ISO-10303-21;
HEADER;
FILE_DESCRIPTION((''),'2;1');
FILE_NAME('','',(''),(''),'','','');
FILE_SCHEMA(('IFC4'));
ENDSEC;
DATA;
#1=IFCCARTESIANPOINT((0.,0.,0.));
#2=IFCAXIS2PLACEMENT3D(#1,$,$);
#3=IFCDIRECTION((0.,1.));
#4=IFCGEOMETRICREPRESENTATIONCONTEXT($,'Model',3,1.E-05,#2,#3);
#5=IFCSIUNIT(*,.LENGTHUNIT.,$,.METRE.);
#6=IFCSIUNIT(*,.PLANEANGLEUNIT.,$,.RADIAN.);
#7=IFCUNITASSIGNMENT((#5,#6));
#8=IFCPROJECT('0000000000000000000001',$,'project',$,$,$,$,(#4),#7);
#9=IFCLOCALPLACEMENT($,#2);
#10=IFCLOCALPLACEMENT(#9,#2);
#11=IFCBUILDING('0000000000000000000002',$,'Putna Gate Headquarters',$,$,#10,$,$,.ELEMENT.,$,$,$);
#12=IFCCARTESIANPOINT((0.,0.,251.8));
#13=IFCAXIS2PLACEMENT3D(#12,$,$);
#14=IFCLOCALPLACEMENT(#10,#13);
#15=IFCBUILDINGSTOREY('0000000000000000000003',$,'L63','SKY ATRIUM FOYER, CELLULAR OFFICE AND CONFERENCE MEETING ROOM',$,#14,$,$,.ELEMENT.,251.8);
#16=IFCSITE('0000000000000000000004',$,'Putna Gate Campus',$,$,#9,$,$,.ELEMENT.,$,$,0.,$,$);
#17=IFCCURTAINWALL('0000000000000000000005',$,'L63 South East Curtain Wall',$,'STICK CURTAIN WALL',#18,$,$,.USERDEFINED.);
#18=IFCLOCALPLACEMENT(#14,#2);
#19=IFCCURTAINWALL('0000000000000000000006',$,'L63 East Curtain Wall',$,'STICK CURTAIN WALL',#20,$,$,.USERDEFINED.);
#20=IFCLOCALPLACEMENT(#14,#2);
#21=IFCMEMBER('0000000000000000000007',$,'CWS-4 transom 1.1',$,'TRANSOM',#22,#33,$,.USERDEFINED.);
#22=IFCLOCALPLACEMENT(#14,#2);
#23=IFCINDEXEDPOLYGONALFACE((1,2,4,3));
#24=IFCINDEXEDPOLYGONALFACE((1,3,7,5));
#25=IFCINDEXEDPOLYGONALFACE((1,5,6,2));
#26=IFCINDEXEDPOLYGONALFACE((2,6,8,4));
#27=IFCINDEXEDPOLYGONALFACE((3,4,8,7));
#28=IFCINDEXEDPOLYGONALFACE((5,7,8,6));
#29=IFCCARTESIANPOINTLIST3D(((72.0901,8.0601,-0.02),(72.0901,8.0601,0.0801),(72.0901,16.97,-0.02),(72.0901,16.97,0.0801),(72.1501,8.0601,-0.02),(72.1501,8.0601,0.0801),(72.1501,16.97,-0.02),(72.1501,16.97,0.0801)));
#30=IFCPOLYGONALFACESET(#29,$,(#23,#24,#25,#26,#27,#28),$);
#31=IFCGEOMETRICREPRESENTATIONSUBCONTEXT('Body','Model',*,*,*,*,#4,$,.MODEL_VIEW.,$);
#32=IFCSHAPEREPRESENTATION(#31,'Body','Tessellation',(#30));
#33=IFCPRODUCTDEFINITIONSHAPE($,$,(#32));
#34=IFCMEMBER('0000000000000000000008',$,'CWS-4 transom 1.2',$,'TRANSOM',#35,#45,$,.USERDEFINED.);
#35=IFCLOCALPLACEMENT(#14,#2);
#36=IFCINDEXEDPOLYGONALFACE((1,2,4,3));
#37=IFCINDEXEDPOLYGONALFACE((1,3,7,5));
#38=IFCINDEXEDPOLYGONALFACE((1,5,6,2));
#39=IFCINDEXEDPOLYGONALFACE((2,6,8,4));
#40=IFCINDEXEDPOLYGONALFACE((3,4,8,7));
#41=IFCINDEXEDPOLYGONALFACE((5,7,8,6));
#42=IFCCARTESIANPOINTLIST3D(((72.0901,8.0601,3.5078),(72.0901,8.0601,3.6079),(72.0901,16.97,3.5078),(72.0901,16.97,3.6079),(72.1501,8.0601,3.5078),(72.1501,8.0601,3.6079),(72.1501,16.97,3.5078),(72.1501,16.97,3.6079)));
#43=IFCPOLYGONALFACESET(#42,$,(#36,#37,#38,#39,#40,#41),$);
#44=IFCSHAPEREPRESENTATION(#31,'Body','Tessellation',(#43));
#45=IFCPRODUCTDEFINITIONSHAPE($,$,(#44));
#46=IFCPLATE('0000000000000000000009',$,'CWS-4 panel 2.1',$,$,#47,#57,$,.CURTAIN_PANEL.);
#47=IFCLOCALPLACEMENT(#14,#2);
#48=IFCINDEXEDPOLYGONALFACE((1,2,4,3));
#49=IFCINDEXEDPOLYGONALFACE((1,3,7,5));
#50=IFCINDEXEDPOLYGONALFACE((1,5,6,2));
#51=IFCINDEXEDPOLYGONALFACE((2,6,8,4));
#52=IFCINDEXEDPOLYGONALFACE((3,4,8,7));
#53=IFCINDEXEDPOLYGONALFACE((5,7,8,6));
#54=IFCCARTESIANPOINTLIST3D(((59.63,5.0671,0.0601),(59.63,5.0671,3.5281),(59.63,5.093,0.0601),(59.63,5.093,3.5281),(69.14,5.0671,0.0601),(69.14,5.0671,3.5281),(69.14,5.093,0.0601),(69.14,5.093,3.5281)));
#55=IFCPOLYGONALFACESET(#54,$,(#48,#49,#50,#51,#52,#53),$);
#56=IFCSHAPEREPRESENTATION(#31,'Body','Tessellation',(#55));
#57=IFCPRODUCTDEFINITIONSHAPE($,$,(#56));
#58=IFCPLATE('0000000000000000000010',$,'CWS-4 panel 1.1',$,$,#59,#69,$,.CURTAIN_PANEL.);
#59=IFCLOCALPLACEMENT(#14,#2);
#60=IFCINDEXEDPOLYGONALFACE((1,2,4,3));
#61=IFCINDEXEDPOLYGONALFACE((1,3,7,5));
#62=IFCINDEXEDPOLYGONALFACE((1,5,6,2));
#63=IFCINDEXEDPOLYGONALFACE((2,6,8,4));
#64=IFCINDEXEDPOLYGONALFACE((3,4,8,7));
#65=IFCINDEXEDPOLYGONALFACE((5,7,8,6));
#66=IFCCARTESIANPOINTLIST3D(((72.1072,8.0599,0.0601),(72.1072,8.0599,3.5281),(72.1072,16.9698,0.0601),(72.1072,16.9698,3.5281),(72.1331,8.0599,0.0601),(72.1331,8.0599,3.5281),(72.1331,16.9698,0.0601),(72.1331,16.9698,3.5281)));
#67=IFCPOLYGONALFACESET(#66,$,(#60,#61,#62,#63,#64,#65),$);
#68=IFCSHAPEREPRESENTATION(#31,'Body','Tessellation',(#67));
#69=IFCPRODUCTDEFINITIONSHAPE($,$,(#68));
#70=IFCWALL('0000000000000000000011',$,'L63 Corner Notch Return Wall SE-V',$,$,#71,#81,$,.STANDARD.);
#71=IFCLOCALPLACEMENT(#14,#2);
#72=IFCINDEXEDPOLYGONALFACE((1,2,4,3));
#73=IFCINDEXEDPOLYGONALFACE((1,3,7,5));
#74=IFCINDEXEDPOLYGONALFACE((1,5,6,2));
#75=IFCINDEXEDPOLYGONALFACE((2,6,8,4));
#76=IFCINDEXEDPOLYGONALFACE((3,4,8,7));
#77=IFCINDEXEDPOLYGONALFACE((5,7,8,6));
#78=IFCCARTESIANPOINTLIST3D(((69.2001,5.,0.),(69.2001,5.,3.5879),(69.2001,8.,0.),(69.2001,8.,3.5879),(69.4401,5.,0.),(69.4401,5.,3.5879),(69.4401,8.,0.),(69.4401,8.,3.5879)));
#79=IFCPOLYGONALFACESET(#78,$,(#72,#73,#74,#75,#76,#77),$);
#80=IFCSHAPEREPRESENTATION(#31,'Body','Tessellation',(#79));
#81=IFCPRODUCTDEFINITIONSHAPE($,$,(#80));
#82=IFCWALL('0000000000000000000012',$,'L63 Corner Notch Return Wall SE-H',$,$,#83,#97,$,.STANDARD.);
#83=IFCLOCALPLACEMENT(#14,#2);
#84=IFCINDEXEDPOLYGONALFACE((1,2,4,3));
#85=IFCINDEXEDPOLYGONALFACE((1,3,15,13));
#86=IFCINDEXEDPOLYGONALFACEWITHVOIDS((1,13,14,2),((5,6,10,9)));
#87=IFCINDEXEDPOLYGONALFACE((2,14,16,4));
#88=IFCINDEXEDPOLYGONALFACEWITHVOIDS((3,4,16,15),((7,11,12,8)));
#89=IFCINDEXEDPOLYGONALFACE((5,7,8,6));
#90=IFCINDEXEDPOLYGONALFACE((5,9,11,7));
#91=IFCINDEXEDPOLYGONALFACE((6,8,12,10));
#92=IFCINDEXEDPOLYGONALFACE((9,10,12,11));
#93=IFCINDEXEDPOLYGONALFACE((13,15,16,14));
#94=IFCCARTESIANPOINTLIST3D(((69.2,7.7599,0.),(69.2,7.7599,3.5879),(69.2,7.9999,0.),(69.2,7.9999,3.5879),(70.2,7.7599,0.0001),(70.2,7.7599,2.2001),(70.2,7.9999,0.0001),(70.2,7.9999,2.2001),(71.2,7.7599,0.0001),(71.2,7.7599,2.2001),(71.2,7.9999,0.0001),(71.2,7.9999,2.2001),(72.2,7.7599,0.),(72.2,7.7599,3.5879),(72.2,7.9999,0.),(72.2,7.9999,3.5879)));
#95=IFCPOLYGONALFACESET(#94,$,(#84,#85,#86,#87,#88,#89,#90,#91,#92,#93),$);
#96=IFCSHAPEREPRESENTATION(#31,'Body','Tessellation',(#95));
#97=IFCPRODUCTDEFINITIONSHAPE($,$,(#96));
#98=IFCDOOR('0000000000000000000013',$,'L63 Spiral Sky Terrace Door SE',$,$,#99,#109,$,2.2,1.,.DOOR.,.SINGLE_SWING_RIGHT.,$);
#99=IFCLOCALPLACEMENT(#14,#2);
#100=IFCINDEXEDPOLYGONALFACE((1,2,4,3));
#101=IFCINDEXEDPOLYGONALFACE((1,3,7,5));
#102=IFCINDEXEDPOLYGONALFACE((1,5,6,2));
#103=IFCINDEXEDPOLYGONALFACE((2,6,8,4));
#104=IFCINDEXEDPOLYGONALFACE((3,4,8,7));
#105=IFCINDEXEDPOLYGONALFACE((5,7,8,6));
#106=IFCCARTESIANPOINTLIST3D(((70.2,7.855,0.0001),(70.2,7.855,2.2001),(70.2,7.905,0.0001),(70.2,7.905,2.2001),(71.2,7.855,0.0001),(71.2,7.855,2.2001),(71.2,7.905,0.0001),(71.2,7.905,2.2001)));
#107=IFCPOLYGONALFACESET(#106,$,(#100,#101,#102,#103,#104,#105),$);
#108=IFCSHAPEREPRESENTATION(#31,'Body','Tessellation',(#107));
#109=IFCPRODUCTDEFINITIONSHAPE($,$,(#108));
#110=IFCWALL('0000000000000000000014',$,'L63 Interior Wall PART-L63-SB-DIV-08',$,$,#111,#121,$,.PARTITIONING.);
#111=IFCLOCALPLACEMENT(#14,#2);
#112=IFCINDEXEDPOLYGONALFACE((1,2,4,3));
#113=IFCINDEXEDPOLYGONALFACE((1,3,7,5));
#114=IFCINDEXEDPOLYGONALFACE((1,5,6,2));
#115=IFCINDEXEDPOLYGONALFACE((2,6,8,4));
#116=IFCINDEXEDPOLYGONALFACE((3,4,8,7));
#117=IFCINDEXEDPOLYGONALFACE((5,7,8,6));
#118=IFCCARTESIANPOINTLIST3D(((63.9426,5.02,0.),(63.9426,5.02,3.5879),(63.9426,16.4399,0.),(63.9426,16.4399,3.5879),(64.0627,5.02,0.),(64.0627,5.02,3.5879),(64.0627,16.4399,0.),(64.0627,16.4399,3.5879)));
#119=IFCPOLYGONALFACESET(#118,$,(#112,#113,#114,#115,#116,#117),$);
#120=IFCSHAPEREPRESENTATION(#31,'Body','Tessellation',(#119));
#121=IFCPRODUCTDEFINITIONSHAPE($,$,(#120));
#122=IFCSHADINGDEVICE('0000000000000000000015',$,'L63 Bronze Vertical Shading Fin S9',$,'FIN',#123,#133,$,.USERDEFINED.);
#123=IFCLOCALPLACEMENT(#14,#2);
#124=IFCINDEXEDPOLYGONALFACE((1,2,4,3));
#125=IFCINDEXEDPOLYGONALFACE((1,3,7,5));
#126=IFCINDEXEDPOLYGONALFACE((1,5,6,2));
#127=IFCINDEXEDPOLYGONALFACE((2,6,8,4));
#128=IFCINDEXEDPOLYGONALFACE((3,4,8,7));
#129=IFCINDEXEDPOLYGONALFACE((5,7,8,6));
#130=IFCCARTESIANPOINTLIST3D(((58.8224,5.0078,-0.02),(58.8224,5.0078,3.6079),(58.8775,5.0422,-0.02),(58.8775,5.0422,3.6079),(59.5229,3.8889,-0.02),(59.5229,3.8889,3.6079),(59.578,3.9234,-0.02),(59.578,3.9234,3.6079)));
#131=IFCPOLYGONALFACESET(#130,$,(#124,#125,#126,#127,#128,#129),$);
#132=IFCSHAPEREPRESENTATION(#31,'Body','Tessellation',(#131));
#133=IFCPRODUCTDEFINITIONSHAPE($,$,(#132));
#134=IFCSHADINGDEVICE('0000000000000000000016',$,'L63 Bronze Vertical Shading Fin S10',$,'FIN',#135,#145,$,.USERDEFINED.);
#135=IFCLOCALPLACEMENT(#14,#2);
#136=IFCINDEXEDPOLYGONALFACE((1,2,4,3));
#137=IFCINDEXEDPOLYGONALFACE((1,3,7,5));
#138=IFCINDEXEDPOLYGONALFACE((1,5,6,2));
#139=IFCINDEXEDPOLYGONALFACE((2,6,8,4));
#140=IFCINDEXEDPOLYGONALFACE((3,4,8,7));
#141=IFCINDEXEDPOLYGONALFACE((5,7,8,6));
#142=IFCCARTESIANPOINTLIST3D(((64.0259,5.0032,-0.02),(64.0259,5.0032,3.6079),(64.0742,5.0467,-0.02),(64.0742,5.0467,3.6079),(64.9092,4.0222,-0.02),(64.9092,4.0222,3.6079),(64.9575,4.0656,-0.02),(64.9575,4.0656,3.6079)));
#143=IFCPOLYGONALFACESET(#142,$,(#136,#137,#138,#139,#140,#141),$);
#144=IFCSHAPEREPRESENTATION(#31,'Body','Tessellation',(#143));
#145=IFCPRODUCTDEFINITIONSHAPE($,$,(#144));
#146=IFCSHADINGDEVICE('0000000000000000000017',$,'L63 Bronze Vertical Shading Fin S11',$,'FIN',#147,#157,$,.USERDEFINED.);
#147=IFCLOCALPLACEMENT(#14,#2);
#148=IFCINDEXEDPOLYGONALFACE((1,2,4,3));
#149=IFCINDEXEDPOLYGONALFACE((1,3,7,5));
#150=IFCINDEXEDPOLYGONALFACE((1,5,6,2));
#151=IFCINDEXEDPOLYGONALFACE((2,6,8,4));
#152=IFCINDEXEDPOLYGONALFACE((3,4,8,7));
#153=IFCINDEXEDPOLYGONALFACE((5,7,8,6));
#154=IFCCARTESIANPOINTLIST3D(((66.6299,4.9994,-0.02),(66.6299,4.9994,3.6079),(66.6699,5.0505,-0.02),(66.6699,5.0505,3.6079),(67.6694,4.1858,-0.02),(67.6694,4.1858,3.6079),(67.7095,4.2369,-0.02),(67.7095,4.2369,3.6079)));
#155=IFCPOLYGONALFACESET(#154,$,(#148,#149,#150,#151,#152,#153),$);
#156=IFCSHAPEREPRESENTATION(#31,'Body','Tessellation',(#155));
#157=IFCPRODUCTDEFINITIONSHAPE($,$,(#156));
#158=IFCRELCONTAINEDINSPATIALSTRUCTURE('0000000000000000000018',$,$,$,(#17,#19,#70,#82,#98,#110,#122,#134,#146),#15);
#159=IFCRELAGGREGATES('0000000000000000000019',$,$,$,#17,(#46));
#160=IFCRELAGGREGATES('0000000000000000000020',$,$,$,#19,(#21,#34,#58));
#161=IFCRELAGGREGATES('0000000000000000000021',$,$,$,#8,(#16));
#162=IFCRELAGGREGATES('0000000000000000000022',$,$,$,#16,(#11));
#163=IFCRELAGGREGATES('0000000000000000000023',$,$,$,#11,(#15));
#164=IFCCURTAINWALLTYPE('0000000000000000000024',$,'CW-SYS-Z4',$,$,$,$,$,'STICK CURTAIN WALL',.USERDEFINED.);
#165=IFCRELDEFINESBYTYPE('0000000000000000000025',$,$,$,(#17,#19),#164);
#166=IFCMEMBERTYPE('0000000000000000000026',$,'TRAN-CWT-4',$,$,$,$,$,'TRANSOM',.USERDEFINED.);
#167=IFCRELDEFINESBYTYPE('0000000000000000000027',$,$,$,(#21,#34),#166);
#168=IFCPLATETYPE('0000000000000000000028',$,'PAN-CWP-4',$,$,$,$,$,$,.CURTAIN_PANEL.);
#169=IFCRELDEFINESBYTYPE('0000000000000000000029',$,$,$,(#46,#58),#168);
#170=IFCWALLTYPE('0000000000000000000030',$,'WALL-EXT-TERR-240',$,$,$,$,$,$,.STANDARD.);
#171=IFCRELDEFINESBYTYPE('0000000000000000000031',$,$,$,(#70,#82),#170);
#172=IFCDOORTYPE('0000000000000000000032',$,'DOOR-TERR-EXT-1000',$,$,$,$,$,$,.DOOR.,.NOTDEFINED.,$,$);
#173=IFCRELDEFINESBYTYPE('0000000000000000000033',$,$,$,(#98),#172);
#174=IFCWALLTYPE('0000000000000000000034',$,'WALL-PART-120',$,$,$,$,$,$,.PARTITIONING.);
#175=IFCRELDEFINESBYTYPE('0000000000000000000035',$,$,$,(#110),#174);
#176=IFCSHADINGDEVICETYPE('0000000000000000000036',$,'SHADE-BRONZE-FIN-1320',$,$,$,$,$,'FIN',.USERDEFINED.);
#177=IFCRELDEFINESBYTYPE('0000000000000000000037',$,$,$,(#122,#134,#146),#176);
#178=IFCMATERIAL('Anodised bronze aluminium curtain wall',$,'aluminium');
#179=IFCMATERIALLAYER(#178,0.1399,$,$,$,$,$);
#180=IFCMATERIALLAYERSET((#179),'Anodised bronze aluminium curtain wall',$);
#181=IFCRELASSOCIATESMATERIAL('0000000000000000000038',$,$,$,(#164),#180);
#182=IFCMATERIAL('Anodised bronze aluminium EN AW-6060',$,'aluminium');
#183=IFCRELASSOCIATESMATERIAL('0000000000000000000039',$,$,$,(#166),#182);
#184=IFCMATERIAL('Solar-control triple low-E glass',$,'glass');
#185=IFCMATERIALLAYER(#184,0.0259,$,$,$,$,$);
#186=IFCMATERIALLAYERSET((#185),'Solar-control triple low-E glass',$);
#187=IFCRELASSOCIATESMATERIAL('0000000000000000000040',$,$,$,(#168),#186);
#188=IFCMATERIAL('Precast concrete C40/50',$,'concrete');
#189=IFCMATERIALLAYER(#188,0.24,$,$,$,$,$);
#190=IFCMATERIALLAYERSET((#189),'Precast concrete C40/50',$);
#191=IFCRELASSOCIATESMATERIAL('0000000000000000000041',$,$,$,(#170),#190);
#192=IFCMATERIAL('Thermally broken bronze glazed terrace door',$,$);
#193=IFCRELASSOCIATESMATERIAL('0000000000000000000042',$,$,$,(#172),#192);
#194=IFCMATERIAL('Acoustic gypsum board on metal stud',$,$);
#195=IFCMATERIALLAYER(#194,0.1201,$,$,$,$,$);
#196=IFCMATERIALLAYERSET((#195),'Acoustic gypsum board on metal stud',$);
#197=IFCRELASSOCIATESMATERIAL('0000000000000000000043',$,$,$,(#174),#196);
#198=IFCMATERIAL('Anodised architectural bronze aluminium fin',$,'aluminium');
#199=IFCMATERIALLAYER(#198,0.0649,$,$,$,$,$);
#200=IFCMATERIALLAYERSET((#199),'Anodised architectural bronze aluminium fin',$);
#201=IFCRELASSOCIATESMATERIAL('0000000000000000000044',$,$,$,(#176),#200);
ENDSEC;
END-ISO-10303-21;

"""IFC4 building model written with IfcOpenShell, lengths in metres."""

from ifc_helpers import new_model, si_unit, direction, frame, frame_2d, origin, origin_2d, place, context, subcontext, project, spatial, rectangle, extrude, material, layer, layer_set, material_profile, profile_set, type_object, element, fill, aggregate, save


model = new_model("IFC4")

# Units and contexts
model_context = context("Model", 3, precision=1e-05, world=origin(), true_north=direction((0.0, 1.0)))
body_context = subcontext(model_context, "Body", "Model", "MODEL_VIEW")
ifc_project = project(units=[si_unit("LENGTHUNIT", "METRE"), si_unit("PLANEANGLEUNIT", "RADIAN")], contexts=[model_context])

# Site, building, storey
site_placement = place(None, origin())
site = spatial("IfcSite", under=ifc_project, at=site_placement, Name="Putna Gate Campus", CompositionType="ELEMENT", RefElevation=0.0)
building_placement = place(site_placement, origin())
building = spatial("IfcBuilding", under=site, at=building_placement, Name="Putna Gate Headquarters", CompositionType="ELEMENT")
storey_placement = place(building_placement, frame((0.0, 0.0, 251.8)))
storey = spatial("IfcBuildingStorey", under=building, at=storey_placement, Name="L63", Description="SKY ATRIUM FOYER, CELLULAR OFFICE AND CONFERENCE MEETING ROOM", CompositionType="ELEMENT", Elevation=251.8)

# Curtain wall
ifc_material_1 = material(Name="Anodised bronze aluminium curtain wall", Category="aluminium")
ifc_layer_1 = layer(ifc_material_1, 0.1399)
ifc_layer_set_1 = layer_set([ifc_layer_1], Name="Anodised bronze aluminium curtain wall")
curtain_wall_type = type_object("IfcCurtainWallType", Name="CW-SYS-Z4", ElementType="STICK CURTAIN WALL", PredefinedType="USERDEFINED", material=ifc_layer_set_1)
curtain_wall_1_placement = place(storey_placement, origin())
curtain_wall_1 = element("IfcCurtainWall", 1, at=curtain_wall_1_placement, inside=storey, type_object=curtain_wall_type, Name="L63 South East Curtain Wall", ObjectType="STICK CURTAIN WALL", PredefinedType="USERDEFINED")
ifc_material_2 = material(Name="Anodised bronze aluminium EN AW-6060", Category="aluminium")

# Curtain wall
curtain_wall_2_placement = place(storey_placement, origin())
curtain_wall_2 = element("IfcCurtainWall", 2, at=curtain_wall_2_placement, inside=storey, type_object=curtain_wall_type, Name="L63 East Curtain Wall", ObjectType="STICK CURTAIN WALL", PredefinedType="USERDEFINED")

# Members
ifc_material_profile_1 = material_profile(ifc_material_2, rectangle(XDim=0.0601, YDim=0.1001, at=origin_2d()), Name="Anodised bronze aluminium EN AW-6060")
ifc_profile_set_1 = profile_set([ifc_material_profile_1], Name="Anodised bronze aluminium EN AW-6060")
member_type_1 = type_object("IfcMemberType", Name="TRAN-CWT-4", ElementType="TRANSOM", PredefinedType="USERDEFINED", material=ifc_profile_set_1)
member_1_placement = place(storey_placement, frame((72.1201, 8.0601, 0.03), z_axis=(0.0, 1.0, 0.0), x_axis=(-1.0, 0.0, 0.0)))
member_1 = element("IfcMember", 3, at=member_1_placement, type_object=member_type_1, Name="CWS-4 transom 1.1", ObjectType="TRANSOM", PredefinedType="USERDEFINED", context=body_context, shape_type="SweptSolid", body=[
    extrude(rectangle(XDim=0.0601, YDim=0.1001, at=origin_2d()), origin(), (0.0, 0.0, 1.0), 8.9099),
])
member_2_placement = place(storey_placement, frame((72.1201, 8.0601, 3.5579), z_axis=(0.0, 1.0, 0.0), x_axis=(-1.0, 0.0, 0.0)))
member_2 = element("IfcMember", 4, at=member_2_placement, type_object=member_type_1, Name="CWS-4 transom 1.2", ObjectType="TRANSOM", PredefinedType="USERDEFINED", context=body_context, shape_type="SweptSolid", body=[
    extrude(rectangle(XDim=0.0601, YDim=0.1001, at=origin_2d()), origin(), (0.0, 0.0, 1.0), 8.9099),
])

# Plates
ifc_material_3 = material(Name="Solar-control triple low-E glass", Category="glass")
ifc_layer_2 = layer(ifc_material_3, 0.0259)
ifc_layer_set_2 = layer_set([ifc_layer_2], Name="Solar-control triple low-E glass")
plate_type = type_object("IfcPlateType", Name="PAN-CWP-4", PredefinedType="CURTAIN_PANEL", material=ifc_layer_set_2)
plate_1_placement = place(storey_placement, frame((64.385, 5.0801, 0.0601), z_axis=(0.0, 0.0, 1.0), x_axis=(1.0, 0.0, 0.0)))
plate_1 = element("IfcPlate", 5, at=plate_1_placement, type_object=plate_type, Name="CWS-4 panel 2.1", PredefinedType="CURTAIN_PANEL", context=body_context, shape_type="SweptSolid", body=[
    extrude(rectangle(XDim=9.51, YDim=0.0259, at=origin_2d()), origin(), (0.0, 0.0, 1.0), 3.468),
])
aggregate(curtain_wall_1, [plate_1])
plate_2_placement = place(storey_placement, frame((72.1201, 12.5149, 0.0601), z_axis=(0.0, 0.0, 1.0), x_axis=(0.0, 1.0, 0.0)))
plate_2 = element("IfcPlate", 6, at=plate_2_placement, type_object=plate_type, Name="CWS-4 panel 1.1", PredefinedType="CURTAIN_PANEL", context=body_context, shape_type="SweptSolid", body=[
    extrude(rectangle(XDim=8.9099, YDim=0.0259, at=origin_2d()), origin(), (0.0, 0.0, 1.0), 3.468),
])
aggregate(curtain_wall_2, [member_1, member_2, plate_2])

# Wall
ifc_material_4 = material(Name="Precast concrete C40/50", Category="concrete")
ifc_layer_3 = layer(ifc_material_4, 0.24)
ifc_layer_set_3 = layer_set([ifc_layer_3], Name="Precast concrete C40/50")
wall_type_1 = type_object("IfcWallType", Name="WALL-EXT-TERR-240", PredefinedType="STANDARD", material=ifc_layer_set_3)
wall_1_placement = place(storey_placement, frame((69.3201, 8.0, 0.0), z_axis=(0.0, 0.0, 1.0), x_axis=(0.0, -1.0, 0.0)))
element("IfcWall", 7, at=wall_1_placement, inside=storey, type_object=wall_type_1, Name="L63 Corner Notch Return Wall SE-V", PredefinedType="STANDARD", context=body_context, shape_type="SweptSolid", body=[
    extrude(rectangle(XDim=3.0, YDim=0.24, at=frame_2d((1.5, 0.0))), origin(), (0.0, 0.0, 1.0), 3.5879),
])

# Wall, opening, door
wall_2_placement = place(storey_placement, frame((72.2, 7.8799, 0.0), z_axis=(0.0, 0.0, 1.0), x_axis=(-1.0, 0.0, 0.0)))
wall_2 = element("IfcWall", 8, at=wall_2_placement, inside=storey, type_object=wall_type_1, Name="L63 Corner Notch Return Wall SE-H", PredefinedType="STANDARD", context=body_context, shape_type="SweptSolid", body=[
    extrude(rectangle(XDim=3.0, YDim=0.24, at=frame_2d((1.5, 0.0))), origin(), (0.0, 0.0, 1.0), 3.5879),
])
opening_placement = place(wall_2_placement, frame((1.0, 0.0, 0.0)))
opening = element("IfcOpeningElement", 9, at=opening_placement, cuts=wall_2, PredefinedType="OPENING", context=body_context, shape_type="SweptSolid", body=[
    extrude(rectangle(XDim=1.0, YDim=2.2, at=frame_2d((0.5, 1.1001))), frame((0.0, 0.1299, 0.0), z_axis=(0.0, -1.0, 0.0), x_axis=(1.0, 0.0, 0.0)), (0.0, 0.0, 1.0), 0.26),
])
ifc_material_5 = material(Name="Thermally broken bronze glazed terrace door")
door_type = type_object("IfcDoorType", Name="DOOR-TERR-EXT-1000", OperationType="NOTDEFINED", PredefinedType="DOOR", material=ifc_material_5)
door_placement = place(opening_placement, origin())
door = element("IfcDoor", 10, at=door_placement, inside=storey, type_object=door_type, Name="L63 Spiral Sky Terrace Door SE", OperationType="SINGLE_SWING_RIGHT", OverallHeight=2.2, OverallWidth=1.0, PredefinedType="DOOR", context=body_context, shape_type="SweptSolid", body=[
    extrude(rectangle(XDim=1.0, YDim=2.2, at=frame_2d((0.5, 1.1001))), frame((0.0, 0.0249, 0.0), z_axis=(0.0, -1.0, 0.0), x_axis=(1.0, 0.0, 0.0)), (0.0, 0.0, 1.0), 0.05),
])
fill(opening, door)

# Wall
ifc_material_6 = material(Name="Acoustic gypsum board on metal stud")
ifc_layer_4 = layer(ifc_material_6, 0.1201)
ifc_layer_set_4 = layer_set([ifc_layer_4], Name="Acoustic gypsum board on metal stud")
wall_type_2 = type_object("IfcWallType", Name="WALL-PART-120", PredefinedType="PARTITIONING", material=ifc_layer_set_4)
wall_3_placement = place(storey_placement, frame((64.0027, 5.02, 0.0), z_axis=(0.0, 0.0, 1.0), x_axis=(0.0, 1.0, 0.0)))
element("IfcWall", 11, at=wall_3_placement, inside=storey, type_object=wall_type_2, Name="L63 Interior Wall PART-L63-SB-DIV-08", PredefinedType="PARTITIONING", context=body_context, shape_type="SweptSolid", body=[
    extrude(rectangle(XDim=11.4199, YDim=0.1201, at=frame_2d((5.71, 0.0))), origin(), (0.0, 0.0, 1.0), 3.5879),
])

# Shading devices
ifc_material_7 = material(Name="Anodised architectural bronze aluminium fin", Category="aluminium")
ifc_layer_5 = layer(ifc_material_7, 0.0649)
ifc_layer_set_5 = layer_set([ifc_layer_5], Name="Anodised architectural bronze aluminium fin")
shading_device_type = type_object("IfcShadingDeviceType", Name="SHADE-BRONZE-FIN-1320", ElementType="FIN", PredefinedType="USERDEFINED", material=ifc_layer_set_5)
for number, where, z_axis, x_axis, name in (
    (12, (59.2002, 4.4656, -0.02), (0.0, 0.0, 1.0), (0.530659, -0.847585, 0.0), "L63 Bronze Vertical Shading Fin S9"),
    (13, (64.4917, 4.5344, -0.02), (0.0, 0.0, 1.0), (0.669131, -0.743145, 0.0), "L63 Bronze Vertical Shading Fin S10"),
    (14, (67.1697, 4.6182, -0.02), (0.0, 0.0, 1.0), (0.787473, -0.616349, 0.0), "L63 Bronze Vertical Shading Fin S11"),
):
    element("IfcShadingDevice", number, at=place(storey_placement, frame(where, z_axis=z_axis, x_axis=x_axis)), inside=storey, type_object=shading_device_type, Name=name, ObjectType="FIN", PredefinedType="USERDEFINED", context=body_context, shape_type="SweptSolid", body=[
        extrude(rectangle(XDim=1.3201, YDim=0.0649, at=origin_2d()), origin(), (0.0, 0.0, 1.0), 3.6279),
    ])

save(model, "model.ifc")
